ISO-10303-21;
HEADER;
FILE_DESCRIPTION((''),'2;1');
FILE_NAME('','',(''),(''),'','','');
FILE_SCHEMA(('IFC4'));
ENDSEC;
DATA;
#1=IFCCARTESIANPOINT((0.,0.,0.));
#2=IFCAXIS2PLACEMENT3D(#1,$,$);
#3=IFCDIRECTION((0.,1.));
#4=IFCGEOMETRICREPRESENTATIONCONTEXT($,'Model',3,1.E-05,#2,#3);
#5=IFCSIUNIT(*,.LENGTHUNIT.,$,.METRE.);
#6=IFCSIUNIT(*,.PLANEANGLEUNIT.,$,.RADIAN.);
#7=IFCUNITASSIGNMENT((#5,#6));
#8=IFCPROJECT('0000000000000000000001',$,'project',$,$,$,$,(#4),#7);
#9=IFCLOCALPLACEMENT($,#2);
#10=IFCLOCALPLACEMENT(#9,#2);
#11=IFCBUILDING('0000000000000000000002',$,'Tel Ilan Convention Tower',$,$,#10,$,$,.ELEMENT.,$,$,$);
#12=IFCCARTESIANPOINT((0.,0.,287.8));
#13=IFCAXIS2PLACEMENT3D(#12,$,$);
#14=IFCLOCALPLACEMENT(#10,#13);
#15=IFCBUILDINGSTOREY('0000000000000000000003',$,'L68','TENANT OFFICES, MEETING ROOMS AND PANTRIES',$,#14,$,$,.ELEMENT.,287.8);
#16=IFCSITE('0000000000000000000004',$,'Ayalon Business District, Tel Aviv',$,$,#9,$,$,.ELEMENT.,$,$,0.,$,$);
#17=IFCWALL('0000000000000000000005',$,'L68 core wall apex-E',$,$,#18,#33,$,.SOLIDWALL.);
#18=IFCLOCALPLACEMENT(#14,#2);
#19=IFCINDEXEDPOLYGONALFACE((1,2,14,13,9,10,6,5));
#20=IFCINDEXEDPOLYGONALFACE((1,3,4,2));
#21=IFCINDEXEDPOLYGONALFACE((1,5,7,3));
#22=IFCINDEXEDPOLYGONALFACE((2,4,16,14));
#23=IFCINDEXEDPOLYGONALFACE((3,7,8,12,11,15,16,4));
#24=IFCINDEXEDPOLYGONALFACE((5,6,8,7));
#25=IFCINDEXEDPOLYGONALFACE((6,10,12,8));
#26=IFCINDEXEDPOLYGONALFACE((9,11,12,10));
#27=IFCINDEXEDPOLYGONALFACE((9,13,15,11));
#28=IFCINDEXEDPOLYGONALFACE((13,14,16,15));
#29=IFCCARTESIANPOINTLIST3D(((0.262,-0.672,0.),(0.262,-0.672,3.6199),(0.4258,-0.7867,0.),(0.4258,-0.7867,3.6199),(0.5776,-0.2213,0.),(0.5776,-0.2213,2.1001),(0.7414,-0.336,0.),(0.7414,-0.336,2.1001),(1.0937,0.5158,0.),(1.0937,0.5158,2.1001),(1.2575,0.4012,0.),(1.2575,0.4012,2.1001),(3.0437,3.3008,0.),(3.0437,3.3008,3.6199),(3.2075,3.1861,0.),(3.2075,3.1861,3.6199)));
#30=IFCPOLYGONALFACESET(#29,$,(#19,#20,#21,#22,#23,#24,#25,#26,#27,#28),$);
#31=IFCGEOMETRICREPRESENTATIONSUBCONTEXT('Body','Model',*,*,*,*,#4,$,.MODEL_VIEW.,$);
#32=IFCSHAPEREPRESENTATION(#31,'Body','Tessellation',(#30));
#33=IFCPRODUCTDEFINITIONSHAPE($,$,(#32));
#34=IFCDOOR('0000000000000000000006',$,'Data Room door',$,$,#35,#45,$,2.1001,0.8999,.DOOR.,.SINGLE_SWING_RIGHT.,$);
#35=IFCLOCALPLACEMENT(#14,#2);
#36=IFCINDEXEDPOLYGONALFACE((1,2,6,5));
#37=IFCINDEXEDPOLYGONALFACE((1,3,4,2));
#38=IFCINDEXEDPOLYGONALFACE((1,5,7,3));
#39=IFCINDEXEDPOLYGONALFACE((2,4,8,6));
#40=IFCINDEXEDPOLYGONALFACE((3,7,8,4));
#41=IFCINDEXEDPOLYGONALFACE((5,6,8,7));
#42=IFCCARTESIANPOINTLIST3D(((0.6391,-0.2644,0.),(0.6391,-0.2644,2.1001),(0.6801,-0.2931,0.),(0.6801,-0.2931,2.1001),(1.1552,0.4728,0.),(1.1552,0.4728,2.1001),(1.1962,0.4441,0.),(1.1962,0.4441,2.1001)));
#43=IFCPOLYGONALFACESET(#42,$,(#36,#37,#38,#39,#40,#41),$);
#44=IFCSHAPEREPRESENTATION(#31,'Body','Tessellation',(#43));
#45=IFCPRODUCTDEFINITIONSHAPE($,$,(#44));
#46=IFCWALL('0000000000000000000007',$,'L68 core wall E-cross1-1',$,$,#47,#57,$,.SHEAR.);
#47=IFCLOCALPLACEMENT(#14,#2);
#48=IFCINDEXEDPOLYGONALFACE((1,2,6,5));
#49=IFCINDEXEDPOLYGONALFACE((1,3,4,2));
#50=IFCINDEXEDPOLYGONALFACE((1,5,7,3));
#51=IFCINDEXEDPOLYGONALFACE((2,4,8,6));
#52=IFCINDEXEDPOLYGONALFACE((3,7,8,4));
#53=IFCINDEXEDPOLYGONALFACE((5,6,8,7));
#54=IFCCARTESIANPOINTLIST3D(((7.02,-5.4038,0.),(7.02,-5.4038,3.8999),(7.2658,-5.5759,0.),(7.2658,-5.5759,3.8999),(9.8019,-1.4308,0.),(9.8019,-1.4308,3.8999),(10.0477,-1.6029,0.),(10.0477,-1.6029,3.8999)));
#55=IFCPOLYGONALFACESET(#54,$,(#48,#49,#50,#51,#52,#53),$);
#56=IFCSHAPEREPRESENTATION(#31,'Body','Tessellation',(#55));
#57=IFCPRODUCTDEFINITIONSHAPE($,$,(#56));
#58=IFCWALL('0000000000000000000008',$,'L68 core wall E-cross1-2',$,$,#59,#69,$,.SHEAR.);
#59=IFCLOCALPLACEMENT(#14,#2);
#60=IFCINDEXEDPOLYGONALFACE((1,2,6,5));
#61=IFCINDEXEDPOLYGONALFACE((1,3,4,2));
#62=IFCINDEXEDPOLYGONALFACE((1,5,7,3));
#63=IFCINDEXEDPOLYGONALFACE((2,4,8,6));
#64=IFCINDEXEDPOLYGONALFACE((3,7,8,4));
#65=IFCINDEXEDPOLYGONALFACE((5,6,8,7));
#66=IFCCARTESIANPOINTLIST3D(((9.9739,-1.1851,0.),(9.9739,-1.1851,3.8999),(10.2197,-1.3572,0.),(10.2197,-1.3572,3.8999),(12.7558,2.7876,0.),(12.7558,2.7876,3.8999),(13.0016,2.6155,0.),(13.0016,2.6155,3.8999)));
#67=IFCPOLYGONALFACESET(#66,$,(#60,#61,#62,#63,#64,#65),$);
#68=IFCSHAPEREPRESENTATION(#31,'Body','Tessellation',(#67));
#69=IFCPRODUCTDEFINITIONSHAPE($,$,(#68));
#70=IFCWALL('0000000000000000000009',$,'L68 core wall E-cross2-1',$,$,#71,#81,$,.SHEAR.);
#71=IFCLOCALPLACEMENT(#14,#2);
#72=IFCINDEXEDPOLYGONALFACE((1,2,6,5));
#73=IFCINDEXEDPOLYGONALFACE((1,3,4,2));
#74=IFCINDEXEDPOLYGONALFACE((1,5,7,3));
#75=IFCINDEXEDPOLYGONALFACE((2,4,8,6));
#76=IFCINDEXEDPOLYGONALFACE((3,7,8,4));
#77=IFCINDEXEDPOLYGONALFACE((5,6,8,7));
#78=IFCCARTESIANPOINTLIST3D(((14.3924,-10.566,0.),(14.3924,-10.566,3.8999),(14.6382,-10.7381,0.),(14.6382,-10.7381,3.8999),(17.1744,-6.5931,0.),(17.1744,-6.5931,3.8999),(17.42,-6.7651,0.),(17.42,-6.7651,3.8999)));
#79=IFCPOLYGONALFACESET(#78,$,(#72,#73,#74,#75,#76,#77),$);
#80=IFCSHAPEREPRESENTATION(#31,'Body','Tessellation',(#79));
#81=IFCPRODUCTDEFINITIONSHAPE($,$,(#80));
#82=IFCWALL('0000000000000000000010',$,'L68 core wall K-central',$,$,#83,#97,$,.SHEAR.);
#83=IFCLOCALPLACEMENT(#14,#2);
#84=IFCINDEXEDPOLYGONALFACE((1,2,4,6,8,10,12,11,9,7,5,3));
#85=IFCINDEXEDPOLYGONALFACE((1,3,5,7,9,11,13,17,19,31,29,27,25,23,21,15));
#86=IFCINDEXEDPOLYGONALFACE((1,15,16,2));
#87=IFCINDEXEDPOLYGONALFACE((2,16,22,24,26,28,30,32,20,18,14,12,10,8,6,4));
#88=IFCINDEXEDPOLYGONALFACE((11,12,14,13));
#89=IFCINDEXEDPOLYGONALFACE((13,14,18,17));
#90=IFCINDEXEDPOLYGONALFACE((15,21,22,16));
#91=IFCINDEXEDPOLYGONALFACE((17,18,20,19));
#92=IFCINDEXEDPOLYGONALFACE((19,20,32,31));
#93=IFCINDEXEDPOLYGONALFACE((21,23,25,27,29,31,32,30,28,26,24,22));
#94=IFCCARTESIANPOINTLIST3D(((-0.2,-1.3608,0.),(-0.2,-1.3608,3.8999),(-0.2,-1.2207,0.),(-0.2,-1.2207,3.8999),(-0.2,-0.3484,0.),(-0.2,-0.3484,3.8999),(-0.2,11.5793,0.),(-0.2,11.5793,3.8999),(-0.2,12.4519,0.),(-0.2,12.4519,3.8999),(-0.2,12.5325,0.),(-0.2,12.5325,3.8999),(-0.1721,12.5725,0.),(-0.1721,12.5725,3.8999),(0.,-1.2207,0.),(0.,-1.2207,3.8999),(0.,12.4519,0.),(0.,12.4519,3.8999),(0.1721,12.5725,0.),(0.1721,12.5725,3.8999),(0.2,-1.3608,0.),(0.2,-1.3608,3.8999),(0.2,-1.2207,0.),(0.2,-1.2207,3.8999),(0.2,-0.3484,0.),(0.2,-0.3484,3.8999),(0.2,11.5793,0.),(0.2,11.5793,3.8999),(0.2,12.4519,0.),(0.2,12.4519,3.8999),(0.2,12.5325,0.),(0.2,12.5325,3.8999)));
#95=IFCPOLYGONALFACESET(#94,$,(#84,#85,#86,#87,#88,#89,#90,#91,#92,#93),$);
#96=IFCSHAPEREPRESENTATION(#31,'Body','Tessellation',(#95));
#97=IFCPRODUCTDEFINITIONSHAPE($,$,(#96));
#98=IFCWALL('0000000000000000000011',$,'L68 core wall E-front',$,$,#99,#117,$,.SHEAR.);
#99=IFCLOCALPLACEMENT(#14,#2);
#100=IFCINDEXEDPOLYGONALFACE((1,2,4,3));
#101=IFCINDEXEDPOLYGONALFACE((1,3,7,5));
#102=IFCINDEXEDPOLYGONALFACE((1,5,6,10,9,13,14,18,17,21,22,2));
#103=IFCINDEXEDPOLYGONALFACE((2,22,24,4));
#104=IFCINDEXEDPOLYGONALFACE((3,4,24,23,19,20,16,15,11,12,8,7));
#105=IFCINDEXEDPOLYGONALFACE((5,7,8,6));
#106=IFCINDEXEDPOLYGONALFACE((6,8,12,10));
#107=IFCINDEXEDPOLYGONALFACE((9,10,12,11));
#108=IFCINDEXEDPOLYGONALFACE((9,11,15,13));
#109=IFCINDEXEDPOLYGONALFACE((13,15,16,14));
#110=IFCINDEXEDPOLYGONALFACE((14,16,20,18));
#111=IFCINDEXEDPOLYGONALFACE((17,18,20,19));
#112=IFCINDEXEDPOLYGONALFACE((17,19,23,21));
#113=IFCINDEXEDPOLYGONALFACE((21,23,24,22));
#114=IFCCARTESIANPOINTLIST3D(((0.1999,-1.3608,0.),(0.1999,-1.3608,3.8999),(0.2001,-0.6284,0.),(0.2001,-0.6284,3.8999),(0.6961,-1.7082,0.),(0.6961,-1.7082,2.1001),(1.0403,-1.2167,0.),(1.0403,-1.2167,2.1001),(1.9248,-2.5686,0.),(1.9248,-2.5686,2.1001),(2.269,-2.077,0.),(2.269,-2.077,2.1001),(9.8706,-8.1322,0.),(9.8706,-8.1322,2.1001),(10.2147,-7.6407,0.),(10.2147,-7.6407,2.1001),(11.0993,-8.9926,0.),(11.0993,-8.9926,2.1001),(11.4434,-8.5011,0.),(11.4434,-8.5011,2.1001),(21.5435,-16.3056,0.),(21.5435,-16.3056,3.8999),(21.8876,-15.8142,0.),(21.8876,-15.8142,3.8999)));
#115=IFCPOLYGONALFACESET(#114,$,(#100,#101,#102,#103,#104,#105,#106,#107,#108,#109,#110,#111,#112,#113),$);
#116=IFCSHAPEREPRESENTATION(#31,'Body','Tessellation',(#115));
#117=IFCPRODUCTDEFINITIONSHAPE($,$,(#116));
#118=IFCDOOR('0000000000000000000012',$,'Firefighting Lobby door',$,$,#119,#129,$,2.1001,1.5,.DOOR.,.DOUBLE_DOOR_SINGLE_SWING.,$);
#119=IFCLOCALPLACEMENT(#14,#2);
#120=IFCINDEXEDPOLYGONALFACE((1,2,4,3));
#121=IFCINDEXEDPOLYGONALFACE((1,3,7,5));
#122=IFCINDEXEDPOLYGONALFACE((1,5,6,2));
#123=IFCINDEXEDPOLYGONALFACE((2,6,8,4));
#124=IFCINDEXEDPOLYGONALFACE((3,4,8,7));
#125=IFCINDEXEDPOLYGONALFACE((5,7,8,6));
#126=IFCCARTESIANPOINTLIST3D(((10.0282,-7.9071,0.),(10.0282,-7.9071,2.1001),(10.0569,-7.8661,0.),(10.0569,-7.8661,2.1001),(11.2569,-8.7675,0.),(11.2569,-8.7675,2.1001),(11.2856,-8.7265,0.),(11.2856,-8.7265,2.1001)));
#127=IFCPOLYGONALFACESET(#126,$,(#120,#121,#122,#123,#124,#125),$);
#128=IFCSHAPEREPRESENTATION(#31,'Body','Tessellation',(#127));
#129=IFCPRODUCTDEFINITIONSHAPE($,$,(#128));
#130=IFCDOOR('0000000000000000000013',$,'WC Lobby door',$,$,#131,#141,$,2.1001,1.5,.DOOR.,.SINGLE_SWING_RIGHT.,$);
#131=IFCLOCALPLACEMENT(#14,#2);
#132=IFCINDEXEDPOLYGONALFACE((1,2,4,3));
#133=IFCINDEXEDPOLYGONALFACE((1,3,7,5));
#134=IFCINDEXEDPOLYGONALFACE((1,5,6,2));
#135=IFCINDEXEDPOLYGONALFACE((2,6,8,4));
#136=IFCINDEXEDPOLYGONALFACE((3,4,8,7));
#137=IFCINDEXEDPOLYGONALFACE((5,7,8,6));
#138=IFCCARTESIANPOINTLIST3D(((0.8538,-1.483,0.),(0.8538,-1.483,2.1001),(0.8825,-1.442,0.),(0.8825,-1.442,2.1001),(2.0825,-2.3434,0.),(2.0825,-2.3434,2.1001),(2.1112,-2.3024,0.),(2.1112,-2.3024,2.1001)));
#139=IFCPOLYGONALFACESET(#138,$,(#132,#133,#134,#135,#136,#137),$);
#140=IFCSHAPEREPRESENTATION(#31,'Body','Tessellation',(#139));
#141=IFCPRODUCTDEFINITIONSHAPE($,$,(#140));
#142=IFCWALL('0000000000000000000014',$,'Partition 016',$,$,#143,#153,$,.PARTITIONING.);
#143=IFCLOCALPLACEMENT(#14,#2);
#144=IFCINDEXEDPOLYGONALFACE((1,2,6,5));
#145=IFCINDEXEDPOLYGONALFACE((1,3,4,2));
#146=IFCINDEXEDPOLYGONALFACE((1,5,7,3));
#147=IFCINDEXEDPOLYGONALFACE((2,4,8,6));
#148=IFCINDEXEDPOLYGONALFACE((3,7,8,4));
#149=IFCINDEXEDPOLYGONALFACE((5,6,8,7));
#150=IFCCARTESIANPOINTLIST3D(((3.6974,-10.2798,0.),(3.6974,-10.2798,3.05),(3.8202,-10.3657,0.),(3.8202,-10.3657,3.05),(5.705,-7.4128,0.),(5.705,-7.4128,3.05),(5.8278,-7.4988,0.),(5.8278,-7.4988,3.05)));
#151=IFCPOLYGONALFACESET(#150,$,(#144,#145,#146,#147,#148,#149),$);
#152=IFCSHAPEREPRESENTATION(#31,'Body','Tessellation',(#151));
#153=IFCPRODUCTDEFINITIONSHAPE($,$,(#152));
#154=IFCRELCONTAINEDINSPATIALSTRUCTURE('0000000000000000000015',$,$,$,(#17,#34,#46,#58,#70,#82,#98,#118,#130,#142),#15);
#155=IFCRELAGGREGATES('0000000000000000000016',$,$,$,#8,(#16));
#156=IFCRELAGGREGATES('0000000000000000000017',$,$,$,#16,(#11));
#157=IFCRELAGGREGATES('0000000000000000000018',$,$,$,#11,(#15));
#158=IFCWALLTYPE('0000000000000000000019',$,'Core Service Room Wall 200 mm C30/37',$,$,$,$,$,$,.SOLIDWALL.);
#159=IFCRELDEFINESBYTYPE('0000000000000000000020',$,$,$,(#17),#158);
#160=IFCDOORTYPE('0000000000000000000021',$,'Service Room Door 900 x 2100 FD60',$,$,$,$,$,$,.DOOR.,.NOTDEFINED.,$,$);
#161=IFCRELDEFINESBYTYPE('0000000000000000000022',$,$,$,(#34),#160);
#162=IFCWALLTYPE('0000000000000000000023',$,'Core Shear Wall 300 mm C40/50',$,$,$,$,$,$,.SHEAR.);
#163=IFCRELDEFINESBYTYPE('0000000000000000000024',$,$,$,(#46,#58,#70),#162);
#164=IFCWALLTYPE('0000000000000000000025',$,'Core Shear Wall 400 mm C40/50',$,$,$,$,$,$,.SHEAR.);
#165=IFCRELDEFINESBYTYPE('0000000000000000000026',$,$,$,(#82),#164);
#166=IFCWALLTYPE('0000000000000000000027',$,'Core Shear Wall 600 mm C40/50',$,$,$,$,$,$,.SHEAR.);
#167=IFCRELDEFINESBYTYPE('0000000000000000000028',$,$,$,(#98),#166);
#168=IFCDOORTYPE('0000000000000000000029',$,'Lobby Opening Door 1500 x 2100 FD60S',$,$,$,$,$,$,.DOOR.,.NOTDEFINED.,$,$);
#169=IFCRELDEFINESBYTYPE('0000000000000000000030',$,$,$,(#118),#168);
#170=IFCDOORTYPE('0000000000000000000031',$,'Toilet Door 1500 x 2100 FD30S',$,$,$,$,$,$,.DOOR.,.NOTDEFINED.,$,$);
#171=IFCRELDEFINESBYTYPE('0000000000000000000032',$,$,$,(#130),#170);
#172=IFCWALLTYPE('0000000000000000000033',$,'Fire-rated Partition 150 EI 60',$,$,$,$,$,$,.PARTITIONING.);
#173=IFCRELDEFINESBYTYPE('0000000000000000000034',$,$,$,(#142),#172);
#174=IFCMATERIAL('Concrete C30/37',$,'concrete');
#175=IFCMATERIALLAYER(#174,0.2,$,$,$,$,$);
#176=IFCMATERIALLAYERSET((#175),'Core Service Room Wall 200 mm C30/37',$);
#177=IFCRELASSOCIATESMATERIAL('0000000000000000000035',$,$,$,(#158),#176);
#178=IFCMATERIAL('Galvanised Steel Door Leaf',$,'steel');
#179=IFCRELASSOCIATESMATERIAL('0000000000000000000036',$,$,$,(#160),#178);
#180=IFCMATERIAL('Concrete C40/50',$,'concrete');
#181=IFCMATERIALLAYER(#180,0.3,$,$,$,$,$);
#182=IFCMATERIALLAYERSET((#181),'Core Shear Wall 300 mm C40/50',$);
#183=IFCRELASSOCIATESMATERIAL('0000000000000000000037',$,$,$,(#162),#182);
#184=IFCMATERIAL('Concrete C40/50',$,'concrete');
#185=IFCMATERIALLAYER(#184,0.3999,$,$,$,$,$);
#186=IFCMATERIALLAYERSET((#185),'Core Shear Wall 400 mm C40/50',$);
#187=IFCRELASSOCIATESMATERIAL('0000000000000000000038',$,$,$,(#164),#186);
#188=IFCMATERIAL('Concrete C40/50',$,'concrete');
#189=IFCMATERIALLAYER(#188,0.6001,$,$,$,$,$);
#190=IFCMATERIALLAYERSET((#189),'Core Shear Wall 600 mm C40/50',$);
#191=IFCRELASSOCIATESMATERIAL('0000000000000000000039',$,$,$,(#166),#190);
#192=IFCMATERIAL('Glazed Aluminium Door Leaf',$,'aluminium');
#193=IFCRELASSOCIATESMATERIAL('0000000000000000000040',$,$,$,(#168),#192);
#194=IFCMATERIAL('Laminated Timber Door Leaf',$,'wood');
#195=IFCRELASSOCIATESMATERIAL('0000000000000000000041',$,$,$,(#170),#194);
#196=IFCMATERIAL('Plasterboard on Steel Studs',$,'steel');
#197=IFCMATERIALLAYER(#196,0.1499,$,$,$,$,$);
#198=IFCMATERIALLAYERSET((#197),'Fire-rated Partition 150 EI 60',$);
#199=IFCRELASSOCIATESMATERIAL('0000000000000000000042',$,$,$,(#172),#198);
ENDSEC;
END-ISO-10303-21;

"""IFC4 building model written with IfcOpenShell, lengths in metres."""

from ifc_helpers import new_model, si_unit, direction, frame, frame_2d, origin, place, context, subcontext, project, spatial, polyline, rectangle, outline, extrude, material, layer, layer_set, type_object, element, fill, save


model = new_model("IFC4")

# Units and contexts
model_context = context("Model", 3, precision=1e-05, world=origin(), true_north=direction((0.0, 1.0)))
body_context = subcontext(model_context, "Body", "Model", "MODEL_VIEW")
ifc_project = project(units=[si_unit("LENGTHUNIT", "METRE"), si_unit("PLANEANGLEUNIT", "RADIAN")], contexts=[model_context])

# Site, building, storey
site_placement = place(None, origin())
site = spatial("IfcSite", under=ifc_project, at=site_placement, Name="Ayalon Business District, Tel Aviv", CompositionType="ELEMENT", RefElevation=0.0)
building_placement = place(site_placement, origin())
building = spatial("IfcBuilding", under=site, at=building_placement, Name="Tel Ilan Convention Tower", CompositionType="ELEMENT")
storey_placement = place(building_placement, frame((0.0, 0.0, 287.8)))
storey = spatial("IfcBuildingStorey", under=building, at=storey_placement, Name="L68", Description="TENANT OFFICES, MEETING ROOMS AND PANTRIES", CompositionType="ELEMENT", Elevation=287.8)

# Wall, opening, door
ifc_material_1 = material(Name="Concrete C30/37", Category="concrete")
ifc_layer_1 = layer(ifc_material_1, 0.2)
ifc_layer_set_1 = layer_set([ifc_layer_1], Name="Core Service Room Wall 200 mm C30/37")
wall_type_1 = type_object("IfcWallType", Name="Core Service Room Wall 200 mm C30/37", PredefinedType="SOLIDWALL", material=ifc_layer_set_1)
wall_1_placement = place(storey_placement, frame((0.344, -0.7292, 0.0), z_axis=(0.0, 0.0, 1.0), x_axis=(0.57356, 0.819163, 0.0)))
wall_1 = element("IfcWall", 1, at=wall_1_placement, inside=storey, type_object=wall_type_1, Name="L68 core wall apex-E", PredefinedType="SOLIDWALL", context=body_context, shape_type="SweptSolid", body=[
    extrude(rectangle(XDim=4.8499, YDim=0.2, at=frame_2d((2.4248, 0.0))), origin(), (0.0, 0.0, 1.0), 3.6199),
])
opening_1_placement = place(wall_1_placement, frame((0.55, 0.0, 0.0)))
opening_1 = element("IfcOpeningElement", 2, at=opening_1_placement, cuts=wall_1, PredefinedType="OPENING", context=body_context, shape_type="SweptSolid", body=[
    extrude(rectangle(XDim=0.8999, YDim=2.1001, at=frame_2d((0.45, 1.05))), frame((0.0, 0.1099, 0.0), z_axis=(0.0, -1.0, 0.0), x_axis=(1.0, 0.0, 0.0)), (0.0, 0.0, 1.0), 0.22),
])
ifc_material_2 = material(Name="Galvanised Steel Door Leaf", Category="steel")
door_type_1 = type_object("IfcDoorType", Name="Service Room Door 900 x 2100 FD60", OperationType="NOTDEFINED", PredefinedType="DOOR", material=ifc_material_2)
door_1_placement = place(opening_1_placement, origin())
door_1 = element("IfcDoor", 3, at=door_1_placement, inside=storey, type_object=door_type_1, Name="Data Room door", OperationType="SINGLE_SWING_RIGHT", OverallHeight=2.1001, OverallWidth=0.8999, PredefinedType="DOOR", context=body_context, shape_type="SweptSolid", body=[
    extrude(rectangle(XDim=0.8999, YDim=2.1001, at=frame_2d((0.45, 1.05))), frame((0.0, 0.0249, 0.0), z_axis=(0.0, -1.0, 0.0), x_axis=(1.0, 0.0, 0.0)), (0.0, 0.0, 1.0), 0.05),
])
fill(opening_1, door_1)

# Walls
ifc_material_3 = material(Name="Concrete C40/50", Category="concrete")
ifc_layer_2 = layer(ifc_material_3, 0.3)
ifc_layer_set_2 = layer_set([ifc_layer_2], Name="Core Shear Wall 300 mm C40/50")
wall_type_2 = type_object("IfcWallType", Name="Core Shear Wall 300 mm C40/50", PredefinedType="SHEAR", material=ifc_layer_set_2)
wall_2_placement = place(storey_placement, frame((7.1428, -5.4897, 0.0), z_axis=(0.0, 0.0, 1.0), x_axis=(0.573618, 0.819123, 0.0)))
element("IfcWall", 4, at=wall_2_placement, inside=storey, type_object=wall_type_2, Name="L68 core wall E-cross1-1", PredefinedType="SHEAR", context=body_context, shape_type="SweptSolid", body=[
    extrude(outline(polyline([(0.0, 0.1499), (0.0, -0.1501), (4.8501, -0.1499), (4.8501, 0.1501), (0.0, 0.1499)])), origin(), (0.0, 0.0, 1.0), 3.8999),
])
wall_3_placement = place(storey_placement, frame((10.0969, -1.2712, 0.0), z_axis=(0.0, 0.0, 1.0), x_axis=(0.57356, 0.819163, 0.0)))
element("IfcWall", 5, at=wall_3_placement, inside=storey, type_object=wall_type_2, Name="L68 core wall E-cross1-2", PredefinedType="SHEAR", context=body_context, shape_type="SweptSolid", body=[
    extrude(outline(polyline([(4.8499, -0.1501), (4.8499, 0.1499), (0.0, 0.1501), (0.0, -0.1499), (4.8499, -0.1501)])), origin(), (0.0, 0.0, 1.0), 3.8999),
])
wall_4_placement = place(storey_placement, frame((14.5154, -10.6521, 0.0), z_axis=(0.0, 0.0, 1.0), x_axis=(0.57356, 0.819163, 0.0)))
element("IfcWall", 6, at=wall_4_placement, inside=storey, type_object=wall_type_2, Name="L68 core wall E-cross2-1", PredefinedType="SHEAR", context=body_context, shape_type="SweptSolid", body=[
    extrude(outline(polyline([(0.0, 0.1501), (0.0, -0.1499), (4.8501, -0.1499), (4.8501, 0.1499), (0.0, 0.1501)])), origin(), (0.0, 0.0, 1.0), 3.8999),
])
ifc_material_4 = material(Name="Concrete C40/50", Category="concrete")
ifc_layer_3 = layer(ifc_material_4, 0.3999)
ifc_layer_set_3 = layer_set([ifc_layer_3], Name="Core Shear Wall 400 mm C40/50")
wall_type_3 = type_object("IfcWallType", Name="Core Shear Wall 400 mm C40/50", PredefinedType="SHEAR", material=ifc_layer_set_3)
wall_5_placement = place(storey_placement, frame((0.0, -1.3608, 0.0), z_axis=(0.0, 0.0, 1.0), x_axis=(0.0, 1.0, 0.0)))
element("IfcWall", 7, at=wall_5_placement, inside=storey, type_object=wall_type_3, Name="L68 core wall K-central", PredefinedType="SHEAR", context=body_context, shape_type="SweptSolid", body=[
    extrude(outline(polyline([(0.1401, 0.2), (0.0, 0.2), (0.1401, 0.0), (0.0, -0.2), (0.1401, -0.2), (1.0125, -0.2), (12.9402, -0.2), (13.8127, -0.2), (13.8933, -0.2), (13.9333, -0.1721), (13.8127, 0.0), (13.9333, 0.1721), (13.8933, 0.2), (13.8127, 0.2), (12.9402, 0.2), (1.0125, 0.2), (0.1401, 0.2)])), origin(), (0.0, 0.0, 1.0), 3.8999),
])

# Wall, openings, doors
ifc_material_5 = material(Name="Concrete C40/50", Category="concrete")
ifc_layer_4 = layer(ifc_material_5, 0.6001)
ifc_layer_set_4 = layer_set([ifc_layer_4], Name="Core Shear Wall 600 mm C40/50")
wall_type_4 = type_object("IfcWallType", Name="Core Shear Wall 600 mm C40/50", PredefinedType="SHEAR", material=ifc_layer_set_4)
wall_6_placement = place(storey_placement, frame((0.0278, -0.874, 0.0), z_axis=(0.0, 0.0, 1.0), x_axis=(0.81915, -0.573579, 0.0)))
wall_6 = element("IfcWall", 8, at=wall_6_placement, inside=storey, type_object=wall_type_4, Name="L68 core wall E-front", PredefinedType="SHEAR", context=body_context, shape_type="SweptSolid", body=[
    extrude(outline(polyline([(26.4758, 0.3), (0.0002, 0.3), (0.4202, -0.3), (26.4758, -0.2998), (26.4758, 0.3)])), origin(), (0.0, 0.0, 1.0), 3.8999),
])
opening_2_placement = place(wall_6_placement, frame((1.0259, 0.0, 0.0)))
opening_2 = element("IfcOpeningElement", 9, at=opening_2_placement, cuts=wall_6, PredefinedType="OPENING", context=body_context, shape_type="SweptSolid", body=[
    extrude(rectangle(XDim=1.5, YDim=2.1001, at=frame_2d((0.75, 1.05))), frame((0.0, 0.3101, 0.0), z_axis=(0.0, -1.0, 0.0), x_axis=(1.0, 0.0, 0.0)), (0.0, 0.0, 1.0), 0.6201),
])
opening_3_placement = place(wall_6_placement, frame((12.2258, 0.0, 0.0)))
opening_3 = element("IfcOpeningElement", 10, at=opening_3_placement, cuts=wall_6, PredefinedType="OPENING", context=body_context, shape_type="SweptSolid", body=[
    extrude(rectangle(XDim=1.5, YDim=2.1001, at=frame_2d((0.75, 1.05))), frame((0.0, 0.3101, 0.0), z_axis=(0.0, -1.0, 0.0), x_axis=(1.0, 0.0, 0.0)), (0.0, 0.0, 1.0), 0.6201),
])
ifc_material_6 = material(Name="Glazed Aluminium Door Leaf", Category="aluminium")
door_type_2 = type_object("IfcDoorType", Name="Lobby Opening Door 1500 x 2100 FD60S", OperationType="NOTDEFINED", PredefinedType="DOOR", material=ifc_material_6)
door_2_placement = place(opening_3_placement, origin())
door_2 = element("IfcDoor", 11, at=door_2_placement, inside=storey, type_object=door_type_2, Name="Firefighting Lobby door", OperationType="DOUBLE_DOOR_SINGLE_SWING", OverallHeight=2.1001, OverallWidth=1.5, PredefinedType="DOOR", context=body_context, shape_type="SweptSolid", body=[
    extrude(rectangle(XDim=1.5, YDim=2.1001, at=frame_2d((0.75, 1.05))), frame((0.0, 0.0249, 0.0), z_axis=(0.0, -1.0, 0.0), x_axis=(1.0, 0.0, 0.0)), (0.0, 0.0, 1.0), 0.05),
])
fill(opening_3, door_2)
ifc_material_7 = material(Name="Laminated Timber Door Leaf", Category="wood")
door_type_3 = type_object("IfcDoorType", Name="Toilet Door 1500 x 2100 FD30S", OperationType="NOTDEFINED", PredefinedType="DOOR", material=ifc_material_7)
door_3_placement = place(opening_2_placement, origin())
door_3 = element("IfcDoor", 12, at=door_3_placement, inside=storey, type_object=door_type_3, Name="WC Lobby door", OperationType="SINGLE_SWING_RIGHT", OverallHeight=2.1001, OverallWidth=1.5, PredefinedType="DOOR", context=body_context, shape_type="SweptSolid", body=[
    extrude(rectangle(XDim=1.5, YDim=2.1001, at=frame_2d((0.75, 1.05))), frame((0.0, 0.0249, 0.0), z_axis=(0.0, -1.0, 0.0), x_axis=(1.0, 0.0, 0.0)), (0.0, 0.0, 1.0), 0.05),
])
fill(opening_2, door_3)

# Wall
ifc_material_8 = material(Name="Plasterboard on Steel Studs", Category="steel")
ifc_layer_5 = layer(ifc_material_8, 0.1499)
ifc_layer_set_5 = layer_set([ifc_layer_5], Name="Fire-rated Partition 150 EI 60")
wall_type_5 = type_object("IfcWallType", Name="Fire-rated Partition 150 EI 60", PredefinedType="PARTITIONING", material=ifc_layer_set_5)
wall_7_placement = place(storey_placement, frame((3.7588, -10.3228, 0.0), z_axis=(0.0, 0.0, 1.0), x_axis=(0.573598, 0.819137, 0.0)))
element("IfcWall", 13, at=wall_7_placement, inside=storey, type_object=wall_type_5, Name="Partition 016", PredefinedType="PARTITIONING", context=body_context, shape_type="SweptSolid", body=[
    extrude(rectangle(XDim=3.5, YDim=0.1499, at=frame_2d((1.75, 0.0))), origin(), (0.0, 0.0, 1.0), 3.05),
])

save(model, "model.ifc")
